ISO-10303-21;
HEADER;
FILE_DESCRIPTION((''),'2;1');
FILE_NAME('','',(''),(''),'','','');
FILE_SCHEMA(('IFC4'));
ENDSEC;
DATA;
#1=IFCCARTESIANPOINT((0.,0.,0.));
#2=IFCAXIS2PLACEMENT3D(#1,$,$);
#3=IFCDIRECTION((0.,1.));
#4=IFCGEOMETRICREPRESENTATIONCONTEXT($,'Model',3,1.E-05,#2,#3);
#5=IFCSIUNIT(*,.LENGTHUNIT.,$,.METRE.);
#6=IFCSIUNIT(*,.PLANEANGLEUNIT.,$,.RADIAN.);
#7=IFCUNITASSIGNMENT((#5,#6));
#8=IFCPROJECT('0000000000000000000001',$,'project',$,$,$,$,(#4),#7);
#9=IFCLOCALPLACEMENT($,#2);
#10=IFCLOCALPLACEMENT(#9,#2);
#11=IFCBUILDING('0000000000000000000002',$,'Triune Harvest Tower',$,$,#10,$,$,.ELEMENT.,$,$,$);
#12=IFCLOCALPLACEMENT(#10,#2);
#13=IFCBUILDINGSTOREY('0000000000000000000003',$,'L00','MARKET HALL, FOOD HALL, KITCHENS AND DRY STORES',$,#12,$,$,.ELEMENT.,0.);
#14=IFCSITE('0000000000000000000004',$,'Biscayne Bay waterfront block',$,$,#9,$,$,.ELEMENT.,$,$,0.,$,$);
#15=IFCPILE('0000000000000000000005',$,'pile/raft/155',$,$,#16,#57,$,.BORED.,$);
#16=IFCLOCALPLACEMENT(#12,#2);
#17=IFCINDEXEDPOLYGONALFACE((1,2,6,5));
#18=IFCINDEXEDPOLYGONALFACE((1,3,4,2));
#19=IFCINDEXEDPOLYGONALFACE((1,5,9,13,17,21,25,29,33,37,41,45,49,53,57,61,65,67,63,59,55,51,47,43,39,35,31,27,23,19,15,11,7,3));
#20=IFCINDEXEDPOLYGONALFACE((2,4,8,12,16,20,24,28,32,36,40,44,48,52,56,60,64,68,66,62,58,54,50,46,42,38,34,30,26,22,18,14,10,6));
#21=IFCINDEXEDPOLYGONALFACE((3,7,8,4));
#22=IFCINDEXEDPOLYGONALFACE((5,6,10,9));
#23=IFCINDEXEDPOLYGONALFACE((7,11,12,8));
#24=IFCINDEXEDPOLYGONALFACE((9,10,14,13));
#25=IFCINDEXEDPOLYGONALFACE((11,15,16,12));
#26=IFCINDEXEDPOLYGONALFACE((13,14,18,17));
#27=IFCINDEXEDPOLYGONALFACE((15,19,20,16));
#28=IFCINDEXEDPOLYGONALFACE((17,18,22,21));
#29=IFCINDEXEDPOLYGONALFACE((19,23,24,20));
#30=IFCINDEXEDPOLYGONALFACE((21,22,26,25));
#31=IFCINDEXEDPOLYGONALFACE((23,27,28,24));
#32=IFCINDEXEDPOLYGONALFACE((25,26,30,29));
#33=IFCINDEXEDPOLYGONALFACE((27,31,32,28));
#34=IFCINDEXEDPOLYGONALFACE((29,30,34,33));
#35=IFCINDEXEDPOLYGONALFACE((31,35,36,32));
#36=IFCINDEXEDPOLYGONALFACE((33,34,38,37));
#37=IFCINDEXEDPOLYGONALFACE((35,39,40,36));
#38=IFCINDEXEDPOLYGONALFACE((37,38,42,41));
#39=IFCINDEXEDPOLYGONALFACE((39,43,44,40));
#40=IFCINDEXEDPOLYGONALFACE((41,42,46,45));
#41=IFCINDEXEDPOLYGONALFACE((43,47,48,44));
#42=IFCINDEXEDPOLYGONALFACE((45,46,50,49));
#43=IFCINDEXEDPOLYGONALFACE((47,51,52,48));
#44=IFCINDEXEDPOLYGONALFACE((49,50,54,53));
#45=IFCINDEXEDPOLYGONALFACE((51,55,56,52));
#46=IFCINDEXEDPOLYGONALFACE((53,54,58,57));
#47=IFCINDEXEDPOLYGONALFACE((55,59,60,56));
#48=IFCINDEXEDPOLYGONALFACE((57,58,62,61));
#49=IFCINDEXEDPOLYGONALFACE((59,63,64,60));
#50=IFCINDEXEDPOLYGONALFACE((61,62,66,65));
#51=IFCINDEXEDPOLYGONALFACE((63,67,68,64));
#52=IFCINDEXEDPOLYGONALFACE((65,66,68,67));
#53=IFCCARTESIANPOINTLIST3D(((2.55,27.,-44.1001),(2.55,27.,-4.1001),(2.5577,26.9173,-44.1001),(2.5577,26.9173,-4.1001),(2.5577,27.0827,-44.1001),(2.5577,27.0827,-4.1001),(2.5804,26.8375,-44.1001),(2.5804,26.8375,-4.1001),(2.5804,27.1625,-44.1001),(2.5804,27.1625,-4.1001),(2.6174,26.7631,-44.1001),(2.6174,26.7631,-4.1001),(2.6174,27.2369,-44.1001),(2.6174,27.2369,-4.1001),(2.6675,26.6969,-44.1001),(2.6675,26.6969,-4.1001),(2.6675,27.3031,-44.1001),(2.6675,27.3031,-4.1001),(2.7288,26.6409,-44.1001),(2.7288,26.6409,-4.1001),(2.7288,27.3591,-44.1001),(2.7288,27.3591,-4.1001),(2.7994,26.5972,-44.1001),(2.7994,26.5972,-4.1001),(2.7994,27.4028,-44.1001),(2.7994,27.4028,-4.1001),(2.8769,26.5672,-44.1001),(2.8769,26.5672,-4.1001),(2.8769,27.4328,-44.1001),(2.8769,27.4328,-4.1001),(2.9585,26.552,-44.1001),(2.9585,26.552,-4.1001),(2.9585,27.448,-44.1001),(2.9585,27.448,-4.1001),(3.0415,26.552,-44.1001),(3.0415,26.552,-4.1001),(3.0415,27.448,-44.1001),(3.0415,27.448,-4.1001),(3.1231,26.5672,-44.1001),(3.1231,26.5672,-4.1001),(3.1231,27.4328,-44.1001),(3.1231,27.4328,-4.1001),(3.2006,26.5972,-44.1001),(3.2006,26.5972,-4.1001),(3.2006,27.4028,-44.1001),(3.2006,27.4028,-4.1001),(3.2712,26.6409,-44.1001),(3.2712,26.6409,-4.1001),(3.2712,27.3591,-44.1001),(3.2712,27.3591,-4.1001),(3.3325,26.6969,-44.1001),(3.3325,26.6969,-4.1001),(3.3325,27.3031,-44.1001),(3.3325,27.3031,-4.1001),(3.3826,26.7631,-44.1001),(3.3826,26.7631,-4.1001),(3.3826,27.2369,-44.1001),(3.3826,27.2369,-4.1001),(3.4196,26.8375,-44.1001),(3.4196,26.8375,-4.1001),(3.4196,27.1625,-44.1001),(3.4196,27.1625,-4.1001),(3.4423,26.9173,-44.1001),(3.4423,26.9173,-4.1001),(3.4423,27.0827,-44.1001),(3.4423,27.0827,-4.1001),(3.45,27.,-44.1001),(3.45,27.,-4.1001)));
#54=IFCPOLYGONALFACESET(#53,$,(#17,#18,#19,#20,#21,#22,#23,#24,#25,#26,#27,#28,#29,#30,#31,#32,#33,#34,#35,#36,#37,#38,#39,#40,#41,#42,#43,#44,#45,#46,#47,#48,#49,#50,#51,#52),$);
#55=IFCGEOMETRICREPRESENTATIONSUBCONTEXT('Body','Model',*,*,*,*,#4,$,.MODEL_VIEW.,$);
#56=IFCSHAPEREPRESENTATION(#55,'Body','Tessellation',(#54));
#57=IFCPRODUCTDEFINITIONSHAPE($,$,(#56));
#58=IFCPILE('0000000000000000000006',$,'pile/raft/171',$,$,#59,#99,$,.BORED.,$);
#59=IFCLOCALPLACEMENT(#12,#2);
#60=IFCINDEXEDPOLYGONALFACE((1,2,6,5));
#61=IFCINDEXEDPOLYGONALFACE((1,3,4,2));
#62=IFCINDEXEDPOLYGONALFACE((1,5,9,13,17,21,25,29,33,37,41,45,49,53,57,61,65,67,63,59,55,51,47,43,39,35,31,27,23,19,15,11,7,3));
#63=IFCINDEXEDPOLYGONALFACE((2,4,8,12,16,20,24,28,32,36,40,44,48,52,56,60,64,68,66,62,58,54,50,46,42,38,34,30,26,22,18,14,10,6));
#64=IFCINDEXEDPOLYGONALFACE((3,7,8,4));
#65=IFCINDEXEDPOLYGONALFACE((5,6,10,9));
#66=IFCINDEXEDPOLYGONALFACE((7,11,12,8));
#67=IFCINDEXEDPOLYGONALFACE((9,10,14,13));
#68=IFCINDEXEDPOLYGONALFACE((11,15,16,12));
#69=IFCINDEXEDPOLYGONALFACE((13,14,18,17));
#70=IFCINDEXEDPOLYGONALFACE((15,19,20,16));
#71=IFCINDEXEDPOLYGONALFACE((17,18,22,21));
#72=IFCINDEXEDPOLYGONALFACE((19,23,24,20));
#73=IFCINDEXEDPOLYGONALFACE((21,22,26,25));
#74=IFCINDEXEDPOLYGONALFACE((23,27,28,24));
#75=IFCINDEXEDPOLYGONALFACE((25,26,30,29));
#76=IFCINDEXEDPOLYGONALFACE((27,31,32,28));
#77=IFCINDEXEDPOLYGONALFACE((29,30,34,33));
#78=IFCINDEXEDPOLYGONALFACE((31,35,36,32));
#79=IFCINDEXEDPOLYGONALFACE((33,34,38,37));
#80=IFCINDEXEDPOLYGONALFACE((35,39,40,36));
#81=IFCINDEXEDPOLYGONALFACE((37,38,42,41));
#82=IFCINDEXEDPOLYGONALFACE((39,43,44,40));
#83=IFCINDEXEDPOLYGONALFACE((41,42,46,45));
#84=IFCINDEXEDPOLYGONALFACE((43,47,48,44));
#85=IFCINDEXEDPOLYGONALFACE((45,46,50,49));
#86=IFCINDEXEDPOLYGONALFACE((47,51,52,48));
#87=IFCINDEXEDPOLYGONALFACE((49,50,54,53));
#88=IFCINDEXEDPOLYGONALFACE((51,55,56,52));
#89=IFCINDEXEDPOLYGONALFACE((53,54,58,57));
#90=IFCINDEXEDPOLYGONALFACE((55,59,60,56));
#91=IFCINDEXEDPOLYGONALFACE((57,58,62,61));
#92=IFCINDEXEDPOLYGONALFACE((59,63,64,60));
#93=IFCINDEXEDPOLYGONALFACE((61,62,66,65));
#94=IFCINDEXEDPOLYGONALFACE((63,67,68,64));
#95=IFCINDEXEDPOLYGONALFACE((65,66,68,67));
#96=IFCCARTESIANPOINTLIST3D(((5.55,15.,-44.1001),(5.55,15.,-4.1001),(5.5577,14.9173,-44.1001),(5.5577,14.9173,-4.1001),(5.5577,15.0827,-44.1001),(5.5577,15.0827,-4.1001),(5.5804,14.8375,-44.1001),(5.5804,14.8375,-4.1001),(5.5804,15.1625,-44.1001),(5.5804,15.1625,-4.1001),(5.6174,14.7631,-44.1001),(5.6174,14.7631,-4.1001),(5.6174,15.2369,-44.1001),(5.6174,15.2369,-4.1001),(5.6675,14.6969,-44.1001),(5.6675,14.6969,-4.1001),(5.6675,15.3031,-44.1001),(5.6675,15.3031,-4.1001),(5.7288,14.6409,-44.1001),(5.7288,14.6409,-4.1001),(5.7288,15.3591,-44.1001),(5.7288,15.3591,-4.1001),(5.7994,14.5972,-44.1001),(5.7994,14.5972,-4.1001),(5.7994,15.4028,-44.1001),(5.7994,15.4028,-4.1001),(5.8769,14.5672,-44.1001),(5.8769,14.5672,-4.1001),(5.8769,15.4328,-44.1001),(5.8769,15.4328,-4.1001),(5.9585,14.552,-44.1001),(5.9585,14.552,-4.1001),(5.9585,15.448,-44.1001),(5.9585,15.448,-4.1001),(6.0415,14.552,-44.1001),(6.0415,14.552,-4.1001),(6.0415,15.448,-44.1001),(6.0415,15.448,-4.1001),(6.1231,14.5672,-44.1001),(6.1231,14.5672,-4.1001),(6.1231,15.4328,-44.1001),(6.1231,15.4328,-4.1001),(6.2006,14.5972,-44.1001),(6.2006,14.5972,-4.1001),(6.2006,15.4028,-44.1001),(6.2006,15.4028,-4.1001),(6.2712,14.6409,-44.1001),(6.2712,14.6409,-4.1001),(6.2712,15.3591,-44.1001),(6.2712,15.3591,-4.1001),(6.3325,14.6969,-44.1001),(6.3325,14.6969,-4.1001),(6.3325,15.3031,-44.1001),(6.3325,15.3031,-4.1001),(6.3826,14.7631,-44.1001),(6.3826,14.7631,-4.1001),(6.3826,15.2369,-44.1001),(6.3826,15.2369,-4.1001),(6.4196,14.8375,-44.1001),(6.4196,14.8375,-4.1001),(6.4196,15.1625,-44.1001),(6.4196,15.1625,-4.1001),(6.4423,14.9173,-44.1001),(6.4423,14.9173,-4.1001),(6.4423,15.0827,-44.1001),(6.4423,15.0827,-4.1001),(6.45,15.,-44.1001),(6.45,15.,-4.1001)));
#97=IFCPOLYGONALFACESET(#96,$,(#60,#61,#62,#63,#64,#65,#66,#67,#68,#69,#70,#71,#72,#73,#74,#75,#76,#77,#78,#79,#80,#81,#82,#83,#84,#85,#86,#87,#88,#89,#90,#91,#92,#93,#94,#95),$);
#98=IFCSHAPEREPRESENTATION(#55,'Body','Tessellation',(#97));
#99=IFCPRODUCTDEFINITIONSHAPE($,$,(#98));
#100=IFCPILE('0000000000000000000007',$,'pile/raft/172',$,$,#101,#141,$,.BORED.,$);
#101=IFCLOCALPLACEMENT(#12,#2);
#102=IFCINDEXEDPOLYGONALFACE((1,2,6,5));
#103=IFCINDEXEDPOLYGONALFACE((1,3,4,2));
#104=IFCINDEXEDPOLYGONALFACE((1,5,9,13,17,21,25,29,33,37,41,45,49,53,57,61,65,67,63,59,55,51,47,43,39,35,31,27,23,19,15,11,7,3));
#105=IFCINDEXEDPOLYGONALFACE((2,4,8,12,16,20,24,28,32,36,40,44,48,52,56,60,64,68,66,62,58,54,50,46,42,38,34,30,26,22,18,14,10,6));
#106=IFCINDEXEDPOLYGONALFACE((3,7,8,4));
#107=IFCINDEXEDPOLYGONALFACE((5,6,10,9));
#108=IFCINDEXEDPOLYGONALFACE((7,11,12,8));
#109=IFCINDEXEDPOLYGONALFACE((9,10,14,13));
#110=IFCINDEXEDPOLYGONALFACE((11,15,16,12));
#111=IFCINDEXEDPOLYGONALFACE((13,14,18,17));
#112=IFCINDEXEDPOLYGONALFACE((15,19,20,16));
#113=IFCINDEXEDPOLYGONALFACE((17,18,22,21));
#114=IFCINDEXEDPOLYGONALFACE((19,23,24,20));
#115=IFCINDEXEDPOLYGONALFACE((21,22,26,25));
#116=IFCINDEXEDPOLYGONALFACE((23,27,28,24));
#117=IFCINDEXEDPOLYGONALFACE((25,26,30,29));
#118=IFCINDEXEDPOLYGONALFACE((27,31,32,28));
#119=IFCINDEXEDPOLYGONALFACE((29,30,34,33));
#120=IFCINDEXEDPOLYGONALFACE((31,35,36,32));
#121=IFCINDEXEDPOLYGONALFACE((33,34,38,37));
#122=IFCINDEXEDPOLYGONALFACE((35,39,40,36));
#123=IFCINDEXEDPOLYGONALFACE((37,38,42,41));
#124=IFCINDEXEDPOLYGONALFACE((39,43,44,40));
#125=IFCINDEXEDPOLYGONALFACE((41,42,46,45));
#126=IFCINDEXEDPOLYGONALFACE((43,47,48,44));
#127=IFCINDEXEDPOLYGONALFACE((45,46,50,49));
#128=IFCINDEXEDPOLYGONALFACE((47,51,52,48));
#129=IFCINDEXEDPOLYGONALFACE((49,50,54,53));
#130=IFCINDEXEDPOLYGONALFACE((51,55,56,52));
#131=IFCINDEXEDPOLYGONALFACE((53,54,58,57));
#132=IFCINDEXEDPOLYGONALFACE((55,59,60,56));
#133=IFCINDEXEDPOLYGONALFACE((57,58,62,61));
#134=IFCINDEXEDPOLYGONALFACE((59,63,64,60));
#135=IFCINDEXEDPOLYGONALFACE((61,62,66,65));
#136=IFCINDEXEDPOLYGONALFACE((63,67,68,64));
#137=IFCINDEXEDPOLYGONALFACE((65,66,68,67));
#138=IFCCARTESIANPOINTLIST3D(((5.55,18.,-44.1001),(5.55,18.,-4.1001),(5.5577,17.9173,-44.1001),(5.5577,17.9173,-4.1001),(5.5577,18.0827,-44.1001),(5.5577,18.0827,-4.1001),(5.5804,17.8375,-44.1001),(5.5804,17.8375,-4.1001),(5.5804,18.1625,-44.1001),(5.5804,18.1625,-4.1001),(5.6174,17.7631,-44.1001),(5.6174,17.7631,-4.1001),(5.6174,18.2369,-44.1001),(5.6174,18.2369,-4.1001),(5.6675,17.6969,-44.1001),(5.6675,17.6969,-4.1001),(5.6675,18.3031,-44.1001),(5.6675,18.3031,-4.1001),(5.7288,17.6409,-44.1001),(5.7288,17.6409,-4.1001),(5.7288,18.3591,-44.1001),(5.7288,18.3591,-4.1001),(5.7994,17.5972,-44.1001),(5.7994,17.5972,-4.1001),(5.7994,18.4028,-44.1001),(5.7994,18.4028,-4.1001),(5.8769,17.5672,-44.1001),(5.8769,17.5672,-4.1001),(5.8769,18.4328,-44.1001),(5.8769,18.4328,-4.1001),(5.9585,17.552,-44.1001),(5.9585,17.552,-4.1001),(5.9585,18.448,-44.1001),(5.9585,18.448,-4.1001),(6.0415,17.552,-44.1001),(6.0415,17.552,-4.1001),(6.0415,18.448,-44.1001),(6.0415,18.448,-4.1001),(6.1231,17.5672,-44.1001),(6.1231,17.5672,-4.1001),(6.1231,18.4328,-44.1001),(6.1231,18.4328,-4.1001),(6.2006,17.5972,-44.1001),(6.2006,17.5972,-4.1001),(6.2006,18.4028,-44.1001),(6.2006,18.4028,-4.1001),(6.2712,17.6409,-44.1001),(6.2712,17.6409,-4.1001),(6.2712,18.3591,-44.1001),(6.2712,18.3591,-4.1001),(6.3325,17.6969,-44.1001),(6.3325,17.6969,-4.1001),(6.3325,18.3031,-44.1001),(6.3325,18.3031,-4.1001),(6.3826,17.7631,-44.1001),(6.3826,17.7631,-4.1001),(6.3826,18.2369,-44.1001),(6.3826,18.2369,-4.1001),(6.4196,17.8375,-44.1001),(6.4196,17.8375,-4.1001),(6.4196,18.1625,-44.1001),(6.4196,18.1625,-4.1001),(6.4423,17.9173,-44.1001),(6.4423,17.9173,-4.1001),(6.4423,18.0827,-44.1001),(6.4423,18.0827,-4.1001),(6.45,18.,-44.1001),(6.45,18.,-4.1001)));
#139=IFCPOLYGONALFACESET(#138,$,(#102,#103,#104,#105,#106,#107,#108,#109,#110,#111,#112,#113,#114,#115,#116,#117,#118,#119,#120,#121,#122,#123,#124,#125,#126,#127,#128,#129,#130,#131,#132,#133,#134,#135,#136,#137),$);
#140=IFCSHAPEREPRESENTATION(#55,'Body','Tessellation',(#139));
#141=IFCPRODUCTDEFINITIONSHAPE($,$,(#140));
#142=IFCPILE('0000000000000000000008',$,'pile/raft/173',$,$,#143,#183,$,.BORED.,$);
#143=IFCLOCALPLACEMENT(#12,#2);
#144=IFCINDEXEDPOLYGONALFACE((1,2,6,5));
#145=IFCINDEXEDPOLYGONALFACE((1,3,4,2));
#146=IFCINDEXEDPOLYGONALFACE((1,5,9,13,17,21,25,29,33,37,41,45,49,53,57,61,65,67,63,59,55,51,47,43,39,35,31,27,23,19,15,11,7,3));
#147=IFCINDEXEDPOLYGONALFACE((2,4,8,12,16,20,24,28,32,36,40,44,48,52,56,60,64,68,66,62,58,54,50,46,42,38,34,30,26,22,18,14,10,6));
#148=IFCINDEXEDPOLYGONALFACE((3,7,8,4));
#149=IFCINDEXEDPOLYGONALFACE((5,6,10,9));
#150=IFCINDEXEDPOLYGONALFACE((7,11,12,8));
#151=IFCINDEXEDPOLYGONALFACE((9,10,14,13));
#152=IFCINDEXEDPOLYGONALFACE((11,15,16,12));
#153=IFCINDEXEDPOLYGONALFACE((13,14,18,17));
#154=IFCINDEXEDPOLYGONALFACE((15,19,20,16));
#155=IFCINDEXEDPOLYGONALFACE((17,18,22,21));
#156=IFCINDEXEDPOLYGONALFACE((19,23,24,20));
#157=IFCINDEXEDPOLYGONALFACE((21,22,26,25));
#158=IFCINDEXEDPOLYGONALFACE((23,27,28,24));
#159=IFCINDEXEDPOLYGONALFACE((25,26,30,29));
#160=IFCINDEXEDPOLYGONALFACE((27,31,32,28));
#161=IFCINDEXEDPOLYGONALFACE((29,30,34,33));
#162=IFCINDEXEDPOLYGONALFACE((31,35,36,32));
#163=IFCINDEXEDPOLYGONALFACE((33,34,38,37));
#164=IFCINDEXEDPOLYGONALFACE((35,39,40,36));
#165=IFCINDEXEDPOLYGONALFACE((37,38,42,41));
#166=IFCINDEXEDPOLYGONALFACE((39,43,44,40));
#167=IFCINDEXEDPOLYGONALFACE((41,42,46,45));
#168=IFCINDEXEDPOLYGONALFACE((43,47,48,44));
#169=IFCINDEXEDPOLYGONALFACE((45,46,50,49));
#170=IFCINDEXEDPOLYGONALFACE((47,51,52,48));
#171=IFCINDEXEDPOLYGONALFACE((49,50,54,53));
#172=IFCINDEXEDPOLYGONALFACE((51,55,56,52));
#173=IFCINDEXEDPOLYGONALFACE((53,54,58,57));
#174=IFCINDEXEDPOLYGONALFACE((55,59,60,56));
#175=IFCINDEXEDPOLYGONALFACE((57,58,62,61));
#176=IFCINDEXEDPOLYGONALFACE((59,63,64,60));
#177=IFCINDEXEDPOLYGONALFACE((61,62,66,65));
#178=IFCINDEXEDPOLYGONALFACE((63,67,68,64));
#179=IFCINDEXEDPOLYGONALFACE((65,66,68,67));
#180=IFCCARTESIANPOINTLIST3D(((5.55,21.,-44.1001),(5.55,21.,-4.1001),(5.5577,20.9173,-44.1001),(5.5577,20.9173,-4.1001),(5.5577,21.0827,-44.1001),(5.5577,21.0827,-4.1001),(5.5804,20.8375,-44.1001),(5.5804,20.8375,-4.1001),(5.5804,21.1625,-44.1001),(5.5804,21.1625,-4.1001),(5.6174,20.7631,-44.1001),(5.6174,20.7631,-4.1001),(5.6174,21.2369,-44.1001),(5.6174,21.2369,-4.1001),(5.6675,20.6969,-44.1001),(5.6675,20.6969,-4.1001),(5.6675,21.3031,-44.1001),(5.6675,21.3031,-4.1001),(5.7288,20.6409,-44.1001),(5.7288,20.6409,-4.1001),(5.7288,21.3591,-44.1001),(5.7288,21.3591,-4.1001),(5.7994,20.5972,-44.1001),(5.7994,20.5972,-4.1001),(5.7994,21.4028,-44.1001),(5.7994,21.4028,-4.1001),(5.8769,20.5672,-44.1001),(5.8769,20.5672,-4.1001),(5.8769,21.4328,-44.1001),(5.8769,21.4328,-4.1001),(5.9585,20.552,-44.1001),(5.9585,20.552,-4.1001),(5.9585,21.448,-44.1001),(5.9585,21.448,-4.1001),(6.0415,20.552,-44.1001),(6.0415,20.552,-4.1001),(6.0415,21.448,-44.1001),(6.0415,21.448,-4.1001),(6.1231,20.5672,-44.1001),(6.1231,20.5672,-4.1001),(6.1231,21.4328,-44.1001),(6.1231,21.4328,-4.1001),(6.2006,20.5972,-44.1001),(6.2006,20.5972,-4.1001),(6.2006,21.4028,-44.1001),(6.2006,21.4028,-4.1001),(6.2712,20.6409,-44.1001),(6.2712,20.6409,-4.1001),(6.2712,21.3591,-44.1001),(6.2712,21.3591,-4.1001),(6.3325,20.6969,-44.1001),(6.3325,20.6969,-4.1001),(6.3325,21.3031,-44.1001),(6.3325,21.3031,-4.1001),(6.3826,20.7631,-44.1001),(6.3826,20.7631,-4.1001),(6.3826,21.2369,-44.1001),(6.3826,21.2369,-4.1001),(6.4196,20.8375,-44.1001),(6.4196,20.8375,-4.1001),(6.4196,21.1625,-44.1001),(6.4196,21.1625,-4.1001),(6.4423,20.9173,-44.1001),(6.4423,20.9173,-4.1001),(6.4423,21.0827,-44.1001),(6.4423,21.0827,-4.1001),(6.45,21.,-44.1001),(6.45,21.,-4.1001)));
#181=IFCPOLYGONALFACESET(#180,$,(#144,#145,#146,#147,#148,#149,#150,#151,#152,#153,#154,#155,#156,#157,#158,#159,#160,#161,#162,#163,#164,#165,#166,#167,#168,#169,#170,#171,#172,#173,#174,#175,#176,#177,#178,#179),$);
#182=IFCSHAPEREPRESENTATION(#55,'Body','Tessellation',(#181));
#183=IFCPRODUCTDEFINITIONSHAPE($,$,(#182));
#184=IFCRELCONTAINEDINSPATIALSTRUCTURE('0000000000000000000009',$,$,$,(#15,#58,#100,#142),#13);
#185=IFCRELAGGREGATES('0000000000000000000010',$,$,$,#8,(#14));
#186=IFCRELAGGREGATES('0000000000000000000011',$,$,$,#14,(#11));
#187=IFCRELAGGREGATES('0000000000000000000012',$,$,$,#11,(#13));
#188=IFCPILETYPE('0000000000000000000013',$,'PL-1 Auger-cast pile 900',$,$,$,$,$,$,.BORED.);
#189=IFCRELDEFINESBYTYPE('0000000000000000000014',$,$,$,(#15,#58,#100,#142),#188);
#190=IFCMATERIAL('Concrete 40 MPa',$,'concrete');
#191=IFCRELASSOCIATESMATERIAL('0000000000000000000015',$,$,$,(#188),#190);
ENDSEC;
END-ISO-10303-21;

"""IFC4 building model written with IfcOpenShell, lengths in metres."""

from ifc_helpers import new_model, si_unit, direction, frame, origin, origin_2d, place, context, subcontext, project, spatial, circle, extrude, source, transform, mapped, material, material_profile, profile_set, type_object, element, save


model = new_model("IFC4")

# Units and contexts
model_context = context("Model", 3, precision=1e-05, world=origin(), true_north=direction((0.0, 1.0)))
body_context = subcontext(model_context, "Body", "Model", "MODEL_VIEW")
ifc_project = project(units=[si_unit("LENGTHUNIT", "METRE"), si_unit("PLANEANGLEUNIT", "RADIAN")], contexts=[model_context])

# Site, building, storey
site_placement = place(None, origin())
site = spatial("IfcSite", under=ifc_project, at=site_placement, Name="Biscayne Bay waterfront block", CompositionType="ELEMENT", RefElevation=0.0)
building_placement = place(site_placement, origin())
building = spatial("IfcBuilding", under=site, at=building_placement, Name="Triune Harvest Tower", CompositionType="ELEMENT")
storey_placement = place(building_placement, origin())
storey = spatial("IfcBuildingStorey", under=building, at=storey_placement, Name="L00", Description="MARKET HALL, FOOD HALL, KITCHENS AND DRY STORES", CompositionType="ELEMENT", Elevation=0.0)

# Piles
ifc_material_1 = material(Name="Concrete 40 MPa", Category="concrete")
ifc_material_profile = material_profile(ifc_material_1, circle(Radius=0.45, at=origin_2d()), Name="Bored 900")
ifc_profile_set = profile_set([ifc_material_profile], Name="Concrete 40 MPa")
pile_type = type_object("IfcPileType", Name="PL-1 Auger-cast pile 900", PredefinedType="BORED", material=ifc_profile_set)
shared_shape = source(origin(), body_context, "Body", "SweptSolid", [
    extrude(circle(Radius=0.45, at=origin_2d()), origin(), (0.0, 0.0, 1.0), 40.0),
])
for number, where, z_axis, x_axis, name in (
    (1, (3.0, 27.0, -4.1001), (0.0, 0.0, -1.0), (1.0, 0.0, 0.0), "pile/raft/155"),
    (2, (6.0, 15.0, -4.1001), (0.0, 0.0, -1.0), (1.0, 0.0, 0.0), "pile/raft/171"),
    (3, (6.0, 18.0, -4.1001), (0.0, 0.0, -1.0), (1.0, 0.0, 0.0), "pile/raft/172"),
    (4, (6.0, 21.0, -4.1001), (0.0, 0.0, -1.0), (1.0, 0.0, 0.0), "pile/raft/173"),
):
    element("IfcPile", number, at=place(storey_placement, frame(where, z_axis=z_axis, x_axis=x_axis)), inside=storey, type_object=pile_type, Name=name, PredefinedType="BORED", context=body_context, shape_type="MappedRepresentation", body=[
        mapped(shared_shape, transform((0.0, 0.0, 0.0), scale=1.0)),
    ])

save(model, "model.ifc")
